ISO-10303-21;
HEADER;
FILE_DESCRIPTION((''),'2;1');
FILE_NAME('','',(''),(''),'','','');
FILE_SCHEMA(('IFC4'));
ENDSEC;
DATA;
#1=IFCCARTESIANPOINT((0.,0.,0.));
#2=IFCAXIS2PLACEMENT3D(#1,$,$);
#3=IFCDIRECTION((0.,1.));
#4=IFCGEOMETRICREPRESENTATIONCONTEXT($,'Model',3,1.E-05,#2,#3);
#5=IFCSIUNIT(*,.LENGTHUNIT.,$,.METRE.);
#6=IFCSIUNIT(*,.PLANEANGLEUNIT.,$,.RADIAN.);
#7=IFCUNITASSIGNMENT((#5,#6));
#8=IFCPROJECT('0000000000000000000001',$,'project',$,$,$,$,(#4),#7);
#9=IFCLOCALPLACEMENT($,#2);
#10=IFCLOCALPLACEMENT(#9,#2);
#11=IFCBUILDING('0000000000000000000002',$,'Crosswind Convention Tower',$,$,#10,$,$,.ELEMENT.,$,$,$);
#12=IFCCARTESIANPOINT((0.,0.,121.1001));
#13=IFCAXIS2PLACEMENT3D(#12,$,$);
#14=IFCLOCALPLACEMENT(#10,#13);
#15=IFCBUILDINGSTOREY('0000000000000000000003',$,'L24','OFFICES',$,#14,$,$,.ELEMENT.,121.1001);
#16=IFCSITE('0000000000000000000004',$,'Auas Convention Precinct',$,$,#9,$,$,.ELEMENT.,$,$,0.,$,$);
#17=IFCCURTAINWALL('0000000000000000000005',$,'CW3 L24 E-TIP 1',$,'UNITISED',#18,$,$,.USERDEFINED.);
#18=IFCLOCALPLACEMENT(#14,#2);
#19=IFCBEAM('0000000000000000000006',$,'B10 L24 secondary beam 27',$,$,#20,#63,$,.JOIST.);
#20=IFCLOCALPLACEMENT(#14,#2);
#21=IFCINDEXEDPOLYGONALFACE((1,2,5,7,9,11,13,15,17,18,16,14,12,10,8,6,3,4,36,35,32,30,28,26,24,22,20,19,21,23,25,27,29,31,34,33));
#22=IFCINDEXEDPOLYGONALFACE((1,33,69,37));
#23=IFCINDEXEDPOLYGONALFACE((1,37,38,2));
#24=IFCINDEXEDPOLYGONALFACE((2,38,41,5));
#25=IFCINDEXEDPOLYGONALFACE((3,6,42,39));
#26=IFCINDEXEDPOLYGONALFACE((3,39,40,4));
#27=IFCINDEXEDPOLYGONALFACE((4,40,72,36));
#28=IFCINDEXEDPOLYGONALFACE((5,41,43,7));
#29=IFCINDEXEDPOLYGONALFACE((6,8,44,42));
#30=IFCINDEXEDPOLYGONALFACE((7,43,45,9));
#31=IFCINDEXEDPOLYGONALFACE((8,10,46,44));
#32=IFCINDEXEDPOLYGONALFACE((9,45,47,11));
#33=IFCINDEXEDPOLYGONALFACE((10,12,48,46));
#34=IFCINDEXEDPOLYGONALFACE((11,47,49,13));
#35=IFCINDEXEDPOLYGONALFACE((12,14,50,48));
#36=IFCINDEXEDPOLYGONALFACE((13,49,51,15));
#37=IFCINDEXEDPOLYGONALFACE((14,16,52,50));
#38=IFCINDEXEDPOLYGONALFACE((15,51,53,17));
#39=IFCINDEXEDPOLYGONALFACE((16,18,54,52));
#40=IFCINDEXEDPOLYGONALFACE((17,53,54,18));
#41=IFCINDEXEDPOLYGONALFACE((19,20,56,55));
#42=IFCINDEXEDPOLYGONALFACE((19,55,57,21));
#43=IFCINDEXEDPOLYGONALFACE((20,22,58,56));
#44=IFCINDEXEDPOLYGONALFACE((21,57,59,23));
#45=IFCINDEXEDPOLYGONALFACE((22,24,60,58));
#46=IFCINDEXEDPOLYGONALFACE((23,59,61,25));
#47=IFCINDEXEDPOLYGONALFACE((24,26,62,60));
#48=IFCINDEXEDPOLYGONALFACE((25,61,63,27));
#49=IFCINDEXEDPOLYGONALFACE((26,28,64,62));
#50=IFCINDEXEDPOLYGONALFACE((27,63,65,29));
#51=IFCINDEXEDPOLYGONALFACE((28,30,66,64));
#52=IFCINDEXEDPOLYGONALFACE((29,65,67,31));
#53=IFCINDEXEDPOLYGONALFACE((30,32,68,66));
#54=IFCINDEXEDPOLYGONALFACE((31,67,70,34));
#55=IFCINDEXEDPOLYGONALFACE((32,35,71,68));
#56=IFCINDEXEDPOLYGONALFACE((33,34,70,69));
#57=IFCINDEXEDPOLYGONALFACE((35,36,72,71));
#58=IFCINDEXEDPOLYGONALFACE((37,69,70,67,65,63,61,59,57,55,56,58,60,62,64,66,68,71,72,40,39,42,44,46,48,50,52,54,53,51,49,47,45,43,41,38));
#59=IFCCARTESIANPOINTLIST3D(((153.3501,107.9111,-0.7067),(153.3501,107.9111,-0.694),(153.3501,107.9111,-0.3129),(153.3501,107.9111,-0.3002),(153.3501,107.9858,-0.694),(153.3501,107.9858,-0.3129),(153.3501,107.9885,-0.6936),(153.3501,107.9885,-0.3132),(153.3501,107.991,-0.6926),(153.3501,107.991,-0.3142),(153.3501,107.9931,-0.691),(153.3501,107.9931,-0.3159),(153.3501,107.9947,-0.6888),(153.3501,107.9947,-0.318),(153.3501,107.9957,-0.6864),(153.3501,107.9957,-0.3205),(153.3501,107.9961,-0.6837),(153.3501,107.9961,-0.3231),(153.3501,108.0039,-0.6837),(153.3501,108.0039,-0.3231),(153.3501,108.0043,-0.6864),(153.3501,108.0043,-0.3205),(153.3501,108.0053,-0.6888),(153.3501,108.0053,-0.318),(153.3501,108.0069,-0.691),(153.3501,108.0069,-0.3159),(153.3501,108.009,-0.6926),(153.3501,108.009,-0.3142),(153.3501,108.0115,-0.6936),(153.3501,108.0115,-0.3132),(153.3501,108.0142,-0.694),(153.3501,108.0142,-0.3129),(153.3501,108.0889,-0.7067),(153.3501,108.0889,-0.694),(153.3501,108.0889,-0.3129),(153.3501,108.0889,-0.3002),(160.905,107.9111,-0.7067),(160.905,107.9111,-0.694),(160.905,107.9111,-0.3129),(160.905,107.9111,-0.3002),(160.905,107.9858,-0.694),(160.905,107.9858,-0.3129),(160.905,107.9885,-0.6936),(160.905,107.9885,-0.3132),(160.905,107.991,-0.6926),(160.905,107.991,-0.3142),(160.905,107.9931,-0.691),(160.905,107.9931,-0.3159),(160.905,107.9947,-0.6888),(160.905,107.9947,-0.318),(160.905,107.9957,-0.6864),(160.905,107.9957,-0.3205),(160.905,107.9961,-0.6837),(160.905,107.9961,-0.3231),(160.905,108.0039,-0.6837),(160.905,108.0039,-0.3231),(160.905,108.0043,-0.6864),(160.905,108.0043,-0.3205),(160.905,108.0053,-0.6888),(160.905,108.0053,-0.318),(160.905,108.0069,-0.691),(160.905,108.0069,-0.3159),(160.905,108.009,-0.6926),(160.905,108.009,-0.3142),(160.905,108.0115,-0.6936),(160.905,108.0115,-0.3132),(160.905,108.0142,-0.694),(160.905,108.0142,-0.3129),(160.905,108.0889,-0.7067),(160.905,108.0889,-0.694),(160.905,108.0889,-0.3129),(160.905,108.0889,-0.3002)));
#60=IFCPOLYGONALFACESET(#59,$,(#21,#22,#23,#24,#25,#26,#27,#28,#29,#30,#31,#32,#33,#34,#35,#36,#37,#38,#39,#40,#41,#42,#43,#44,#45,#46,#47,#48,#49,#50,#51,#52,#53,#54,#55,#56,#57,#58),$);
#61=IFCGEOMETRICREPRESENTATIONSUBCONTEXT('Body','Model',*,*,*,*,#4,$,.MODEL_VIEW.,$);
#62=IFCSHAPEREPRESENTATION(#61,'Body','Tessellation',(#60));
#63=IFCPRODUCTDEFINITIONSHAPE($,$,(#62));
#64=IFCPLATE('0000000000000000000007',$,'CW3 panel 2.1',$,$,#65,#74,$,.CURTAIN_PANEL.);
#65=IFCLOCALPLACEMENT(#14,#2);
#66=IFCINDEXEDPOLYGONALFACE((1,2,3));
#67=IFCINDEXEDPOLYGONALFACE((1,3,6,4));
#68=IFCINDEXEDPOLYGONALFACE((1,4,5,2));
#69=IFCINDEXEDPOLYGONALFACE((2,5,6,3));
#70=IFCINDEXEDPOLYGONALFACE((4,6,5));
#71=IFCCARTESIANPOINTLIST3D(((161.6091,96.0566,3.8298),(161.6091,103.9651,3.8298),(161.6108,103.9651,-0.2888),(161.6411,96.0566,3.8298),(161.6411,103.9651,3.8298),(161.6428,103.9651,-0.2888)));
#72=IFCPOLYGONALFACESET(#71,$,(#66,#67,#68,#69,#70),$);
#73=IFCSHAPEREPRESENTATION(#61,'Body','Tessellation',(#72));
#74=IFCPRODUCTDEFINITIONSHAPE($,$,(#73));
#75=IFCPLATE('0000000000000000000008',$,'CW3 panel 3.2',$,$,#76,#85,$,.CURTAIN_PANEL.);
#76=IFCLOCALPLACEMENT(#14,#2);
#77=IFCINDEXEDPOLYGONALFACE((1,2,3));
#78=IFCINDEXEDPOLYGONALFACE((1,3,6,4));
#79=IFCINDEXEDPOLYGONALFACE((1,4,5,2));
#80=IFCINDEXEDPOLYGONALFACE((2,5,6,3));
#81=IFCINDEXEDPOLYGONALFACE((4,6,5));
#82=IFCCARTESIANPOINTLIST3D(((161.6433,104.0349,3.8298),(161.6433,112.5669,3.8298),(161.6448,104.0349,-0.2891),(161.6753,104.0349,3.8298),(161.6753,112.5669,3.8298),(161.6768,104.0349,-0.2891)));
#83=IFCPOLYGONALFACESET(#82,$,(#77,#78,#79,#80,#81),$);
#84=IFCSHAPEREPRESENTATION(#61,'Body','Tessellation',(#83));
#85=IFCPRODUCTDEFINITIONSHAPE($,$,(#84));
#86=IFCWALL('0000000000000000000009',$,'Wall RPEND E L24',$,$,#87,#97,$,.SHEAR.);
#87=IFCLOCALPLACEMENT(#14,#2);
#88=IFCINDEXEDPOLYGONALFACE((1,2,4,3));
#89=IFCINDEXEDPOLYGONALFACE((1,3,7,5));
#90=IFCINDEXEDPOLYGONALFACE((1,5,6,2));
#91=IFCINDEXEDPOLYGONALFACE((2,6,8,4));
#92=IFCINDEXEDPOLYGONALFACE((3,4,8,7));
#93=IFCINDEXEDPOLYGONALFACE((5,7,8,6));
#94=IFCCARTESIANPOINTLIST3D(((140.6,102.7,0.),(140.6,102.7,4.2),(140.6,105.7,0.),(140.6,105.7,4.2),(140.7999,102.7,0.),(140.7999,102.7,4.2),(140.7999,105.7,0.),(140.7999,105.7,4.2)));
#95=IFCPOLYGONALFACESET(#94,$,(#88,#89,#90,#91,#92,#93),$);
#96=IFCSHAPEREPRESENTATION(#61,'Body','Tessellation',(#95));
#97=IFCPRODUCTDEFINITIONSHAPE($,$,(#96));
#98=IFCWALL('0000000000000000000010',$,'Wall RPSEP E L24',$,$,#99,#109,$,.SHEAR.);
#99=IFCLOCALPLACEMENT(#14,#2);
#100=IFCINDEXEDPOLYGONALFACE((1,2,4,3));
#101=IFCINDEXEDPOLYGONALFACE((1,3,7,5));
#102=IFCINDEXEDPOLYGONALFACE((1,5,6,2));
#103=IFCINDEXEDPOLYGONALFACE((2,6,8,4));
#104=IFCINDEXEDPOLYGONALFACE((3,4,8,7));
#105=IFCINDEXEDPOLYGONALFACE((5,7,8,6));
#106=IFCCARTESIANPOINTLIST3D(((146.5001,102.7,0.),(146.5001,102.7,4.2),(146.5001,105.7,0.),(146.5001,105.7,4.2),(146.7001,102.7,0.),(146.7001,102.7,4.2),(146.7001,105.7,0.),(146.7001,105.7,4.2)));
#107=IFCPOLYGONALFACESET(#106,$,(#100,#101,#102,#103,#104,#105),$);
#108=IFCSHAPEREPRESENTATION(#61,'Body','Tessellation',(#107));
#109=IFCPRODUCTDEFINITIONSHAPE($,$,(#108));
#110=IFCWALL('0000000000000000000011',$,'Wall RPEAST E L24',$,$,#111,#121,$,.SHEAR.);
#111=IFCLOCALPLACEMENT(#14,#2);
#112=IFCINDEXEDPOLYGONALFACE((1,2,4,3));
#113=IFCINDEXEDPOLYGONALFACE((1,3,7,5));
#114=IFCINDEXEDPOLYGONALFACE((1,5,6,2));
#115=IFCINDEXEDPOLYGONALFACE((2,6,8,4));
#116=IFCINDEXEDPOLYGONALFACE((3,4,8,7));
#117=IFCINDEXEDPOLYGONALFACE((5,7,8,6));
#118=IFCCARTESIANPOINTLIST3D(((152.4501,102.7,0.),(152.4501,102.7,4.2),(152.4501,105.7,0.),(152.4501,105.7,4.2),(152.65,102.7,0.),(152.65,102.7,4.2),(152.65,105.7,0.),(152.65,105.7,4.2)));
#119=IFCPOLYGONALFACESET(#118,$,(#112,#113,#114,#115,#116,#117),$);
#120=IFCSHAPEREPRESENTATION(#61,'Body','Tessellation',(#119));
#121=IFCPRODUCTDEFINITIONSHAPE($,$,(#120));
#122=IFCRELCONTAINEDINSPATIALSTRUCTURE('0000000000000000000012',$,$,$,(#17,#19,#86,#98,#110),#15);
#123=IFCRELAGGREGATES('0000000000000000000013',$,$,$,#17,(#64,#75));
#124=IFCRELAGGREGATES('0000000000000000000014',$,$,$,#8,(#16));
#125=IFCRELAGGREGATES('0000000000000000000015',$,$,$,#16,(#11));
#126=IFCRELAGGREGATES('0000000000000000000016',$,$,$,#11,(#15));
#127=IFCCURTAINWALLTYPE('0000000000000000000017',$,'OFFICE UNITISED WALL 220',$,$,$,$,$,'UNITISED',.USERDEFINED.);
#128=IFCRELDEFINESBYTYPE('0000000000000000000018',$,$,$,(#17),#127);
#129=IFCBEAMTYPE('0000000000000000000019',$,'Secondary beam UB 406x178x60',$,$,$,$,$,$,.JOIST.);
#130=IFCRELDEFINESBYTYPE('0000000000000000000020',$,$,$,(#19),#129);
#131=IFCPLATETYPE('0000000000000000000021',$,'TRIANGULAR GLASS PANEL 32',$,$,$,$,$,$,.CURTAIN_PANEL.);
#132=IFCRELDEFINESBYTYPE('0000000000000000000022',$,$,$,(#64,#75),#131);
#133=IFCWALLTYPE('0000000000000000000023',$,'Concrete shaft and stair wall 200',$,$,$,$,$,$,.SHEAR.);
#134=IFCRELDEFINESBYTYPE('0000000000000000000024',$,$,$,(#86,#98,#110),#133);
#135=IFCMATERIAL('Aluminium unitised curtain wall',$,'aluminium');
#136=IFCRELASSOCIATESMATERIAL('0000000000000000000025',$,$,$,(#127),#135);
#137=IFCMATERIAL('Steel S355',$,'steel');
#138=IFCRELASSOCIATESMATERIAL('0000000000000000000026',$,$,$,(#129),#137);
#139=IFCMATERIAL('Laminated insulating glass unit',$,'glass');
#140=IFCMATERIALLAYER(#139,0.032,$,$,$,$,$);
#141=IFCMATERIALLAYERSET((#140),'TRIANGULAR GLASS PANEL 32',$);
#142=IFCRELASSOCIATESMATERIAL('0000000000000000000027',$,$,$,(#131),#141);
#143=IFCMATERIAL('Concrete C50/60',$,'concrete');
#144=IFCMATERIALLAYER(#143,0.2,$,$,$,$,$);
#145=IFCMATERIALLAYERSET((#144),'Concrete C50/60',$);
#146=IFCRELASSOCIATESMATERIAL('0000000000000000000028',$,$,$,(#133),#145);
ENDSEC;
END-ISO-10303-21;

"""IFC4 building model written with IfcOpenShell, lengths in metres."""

from ifc_helpers import new_model, si_unit, direction, frame, frame_2d, origin, origin_2d, place, context, subcontext, project, spatial, polyline, rectangle, i_section, outline, extrude, material, layer, layer_set, material_profile, profile_set, type_object, element, aggregate, save


model = new_model("IFC4")

# Units and contexts
model_context = context("Model", 3, precision=1e-05, world=origin(), true_north=direction((0.0, 1.0)))
body_context = subcontext(model_context, "Body", "Model", "MODEL_VIEW")
ifc_project = project(units=[si_unit("LENGTHUNIT", "METRE"), si_unit("PLANEANGLEUNIT", "RADIAN")], contexts=[model_context])

# Site, building, storey
site_placement = place(None, origin())
site = spatial("IfcSite", under=ifc_project, at=site_placement, Name="Auas Convention Precinct", CompositionType="ELEMENT", RefElevation=0.0)
building_placement = place(site_placement, origin())
building = spatial("IfcBuilding", under=site, at=building_placement, Name="Crosswind Convention Tower", CompositionType="ELEMENT")
storey_placement = place(building_placement, frame((0.0, 0.0, 121.1001)))
storey = spatial("IfcBuildingStorey", under=building, at=storey_placement, Name="L24", Description="OFFICES", CompositionType="ELEMENT", Elevation=121.1001)

# Shared definitions
ifc_material_1 = material(Name="Steel S355", Category="steel")

# Curtain wall
ifc_material_2 = material(Name="Aluminium unitised curtain wall", Category="aluminium")
curtain_wall_type = type_object("IfcCurtainWallType", Name="OFFICE UNITISED WALL 220", ElementType="UNITISED", PredefinedType="USERDEFINED", material=ifc_material_2)
curtain_wall_placement = place(storey_placement, origin())
curtain_wall = element("IfcCurtainWall", 1, at=curtain_wall_placement, inside=storey, type_object=curtain_wall_type, Name="CW3 L24 E-TIP 1", ObjectType="UNITISED", PredefinedType="USERDEFINED")

# Beam
ifc_material_profile_1 = material_profile(ifc_material_1, i_section(OverallWidth=0.1777, OverallDepth=0.4065, WebThickness=0.0078, FlangeThickness=0.0127, FilletRadius=0.0103, at=origin_2d()), Name="UB 406x178x60")
ifc_profile_set_1 = profile_set([ifc_material_profile_1], Name="Steel S355")
beam_type_1 = type_object("IfcBeamType", Name="Secondary beam UB 406x178x60", PredefinedType="JOIST", material=ifc_profile_set_1)
for number, where, z_axis, x_axis, name in (
    (2, (153.3501, 108.0, -0.5034), (1.0, 0.0, 0.0), (0.0, 1.0, 0.0), "B10 L24 secondary beam 27"),
):
    element("IfcBeam", number, at=place(storey_placement, frame(where, z_axis=z_axis, x_axis=x_axis)), inside=storey, type_object=beam_type_1, Name=name, PredefinedType="JOIST", context=body_context, shape_type="SweptSolid", body=[
        extrude(i_section(OverallWidth=0.1777, OverallDepth=0.4065, WebThickness=0.0078, FlangeThickness=0.0127, FilletRadius=0.0103, at=origin_2d()), origin(), (0.0, 0.0, 1.0), 7.5549),
    ])

# Plates
ifc_material_3 = material(Name="Laminated insulating glass unit", Category="glass")
ifc_layer_1 = layer(ifc_material_3, 0.032)
ifc_layer_set_1 = layer_set([ifc_layer_1], Name="TRIANGULAR GLASS PANEL 32")
plate_type = type_object("IfcPlateType", Name="TRIANGULAR GLASS PANEL 32", PredefinedType="CURTAIN_PANEL", material=ifc_layer_set_1)
plate_1_placement = place(storey_placement, frame((161.6411, 103.9651, 3.8298), z_axis=(1.0, 0.0, 0.000415), x_axis=(0.0, -1.0, 0.0)))
plate_1 = element("IfcPlate", 3, at=plate_1_placement, type_object=plate_type, Name="CW3 panel 2.1", PredefinedType="CURTAIN_PANEL", context=body_context, shape_type="SweptSolid", body=[
    extrude(outline(polyline([(0.0, 0.0), (7.9084, 0.0), (0.0, 4.1187), (0.0, 0.0)])), origin(), (0.0, 0.0, -1.0), 0.032),
])
plate_2_placement = place(storey_placement, frame((161.6753, 104.0349, 3.8298), z_axis=(1.0, 0.0, 0.000356), x_axis=(0.000356, 0.0, -1.0)))
plate_2 = element("IfcPlate", 4, at=plate_2_placement, type_object=plate_type, Name="CW3 panel 3.2", PredefinedType="CURTAIN_PANEL", context=body_context, shape_type="SweptSolid", body=[
    extrude(outline(polyline([(0.0, 0.0), (4.1189, 0.0), (0.0, 8.532), (0.0, 0.0)])), origin(), (0.0, 0.0, -1.0), 0.032),
])
aggregate(curtain_wall, [plate_1, plate_2])

# Walls
ifc_material_4 = material(Name="Concrete C50/60", Category="concrete")
ifc_layer_2 = layer(ifc_material_4, 0.2)
ifc_layer_set_2 = layer_set([ifc_layer_2], Name="Concrete C50/60")
wall_type_1 = type_object("IfcWallType", Name="Concrete shaft and stair wall 200", PredefinedType="SHEAR", material=ifc_layer_set_2)
for number, where, z_axis, x_axis, name in (
    (5, (140.7, 102.7, 0.0), (0.0, 0.0, 1.0), (0.0, 1.0, 0.0), "Wall RPEND E L24"),
    (6, (146.6001, 102.7, 0.0), (0.0, 0.0, 1.0), (0.0, 1.0, 0.0), "Wall RPSEP E L24"),
    (7, (152.55, 102.7, 0.0), (0.0, 0.0, 1.0), (0.0, 1.0, 0.0), "Wall RPEAST E L24"),
):
    element("IfcWall", number, at=place(storey_placement, frame(where, z_axis=z_axis, x_axis=x_axis)), inside=storey, type_object=wall_type_1, Name=name, PredefinedType="SHEAR", context=body_context, shape_type="SweptSolid", body=[
        extrude(rectangle(XDim=3.0, YDim=0.2, at=frame_2d((1.5, 0.0))), origin(), (0.0, 0.0, 1.0), 4.2),
    ])

save(model, "model.ifc")
